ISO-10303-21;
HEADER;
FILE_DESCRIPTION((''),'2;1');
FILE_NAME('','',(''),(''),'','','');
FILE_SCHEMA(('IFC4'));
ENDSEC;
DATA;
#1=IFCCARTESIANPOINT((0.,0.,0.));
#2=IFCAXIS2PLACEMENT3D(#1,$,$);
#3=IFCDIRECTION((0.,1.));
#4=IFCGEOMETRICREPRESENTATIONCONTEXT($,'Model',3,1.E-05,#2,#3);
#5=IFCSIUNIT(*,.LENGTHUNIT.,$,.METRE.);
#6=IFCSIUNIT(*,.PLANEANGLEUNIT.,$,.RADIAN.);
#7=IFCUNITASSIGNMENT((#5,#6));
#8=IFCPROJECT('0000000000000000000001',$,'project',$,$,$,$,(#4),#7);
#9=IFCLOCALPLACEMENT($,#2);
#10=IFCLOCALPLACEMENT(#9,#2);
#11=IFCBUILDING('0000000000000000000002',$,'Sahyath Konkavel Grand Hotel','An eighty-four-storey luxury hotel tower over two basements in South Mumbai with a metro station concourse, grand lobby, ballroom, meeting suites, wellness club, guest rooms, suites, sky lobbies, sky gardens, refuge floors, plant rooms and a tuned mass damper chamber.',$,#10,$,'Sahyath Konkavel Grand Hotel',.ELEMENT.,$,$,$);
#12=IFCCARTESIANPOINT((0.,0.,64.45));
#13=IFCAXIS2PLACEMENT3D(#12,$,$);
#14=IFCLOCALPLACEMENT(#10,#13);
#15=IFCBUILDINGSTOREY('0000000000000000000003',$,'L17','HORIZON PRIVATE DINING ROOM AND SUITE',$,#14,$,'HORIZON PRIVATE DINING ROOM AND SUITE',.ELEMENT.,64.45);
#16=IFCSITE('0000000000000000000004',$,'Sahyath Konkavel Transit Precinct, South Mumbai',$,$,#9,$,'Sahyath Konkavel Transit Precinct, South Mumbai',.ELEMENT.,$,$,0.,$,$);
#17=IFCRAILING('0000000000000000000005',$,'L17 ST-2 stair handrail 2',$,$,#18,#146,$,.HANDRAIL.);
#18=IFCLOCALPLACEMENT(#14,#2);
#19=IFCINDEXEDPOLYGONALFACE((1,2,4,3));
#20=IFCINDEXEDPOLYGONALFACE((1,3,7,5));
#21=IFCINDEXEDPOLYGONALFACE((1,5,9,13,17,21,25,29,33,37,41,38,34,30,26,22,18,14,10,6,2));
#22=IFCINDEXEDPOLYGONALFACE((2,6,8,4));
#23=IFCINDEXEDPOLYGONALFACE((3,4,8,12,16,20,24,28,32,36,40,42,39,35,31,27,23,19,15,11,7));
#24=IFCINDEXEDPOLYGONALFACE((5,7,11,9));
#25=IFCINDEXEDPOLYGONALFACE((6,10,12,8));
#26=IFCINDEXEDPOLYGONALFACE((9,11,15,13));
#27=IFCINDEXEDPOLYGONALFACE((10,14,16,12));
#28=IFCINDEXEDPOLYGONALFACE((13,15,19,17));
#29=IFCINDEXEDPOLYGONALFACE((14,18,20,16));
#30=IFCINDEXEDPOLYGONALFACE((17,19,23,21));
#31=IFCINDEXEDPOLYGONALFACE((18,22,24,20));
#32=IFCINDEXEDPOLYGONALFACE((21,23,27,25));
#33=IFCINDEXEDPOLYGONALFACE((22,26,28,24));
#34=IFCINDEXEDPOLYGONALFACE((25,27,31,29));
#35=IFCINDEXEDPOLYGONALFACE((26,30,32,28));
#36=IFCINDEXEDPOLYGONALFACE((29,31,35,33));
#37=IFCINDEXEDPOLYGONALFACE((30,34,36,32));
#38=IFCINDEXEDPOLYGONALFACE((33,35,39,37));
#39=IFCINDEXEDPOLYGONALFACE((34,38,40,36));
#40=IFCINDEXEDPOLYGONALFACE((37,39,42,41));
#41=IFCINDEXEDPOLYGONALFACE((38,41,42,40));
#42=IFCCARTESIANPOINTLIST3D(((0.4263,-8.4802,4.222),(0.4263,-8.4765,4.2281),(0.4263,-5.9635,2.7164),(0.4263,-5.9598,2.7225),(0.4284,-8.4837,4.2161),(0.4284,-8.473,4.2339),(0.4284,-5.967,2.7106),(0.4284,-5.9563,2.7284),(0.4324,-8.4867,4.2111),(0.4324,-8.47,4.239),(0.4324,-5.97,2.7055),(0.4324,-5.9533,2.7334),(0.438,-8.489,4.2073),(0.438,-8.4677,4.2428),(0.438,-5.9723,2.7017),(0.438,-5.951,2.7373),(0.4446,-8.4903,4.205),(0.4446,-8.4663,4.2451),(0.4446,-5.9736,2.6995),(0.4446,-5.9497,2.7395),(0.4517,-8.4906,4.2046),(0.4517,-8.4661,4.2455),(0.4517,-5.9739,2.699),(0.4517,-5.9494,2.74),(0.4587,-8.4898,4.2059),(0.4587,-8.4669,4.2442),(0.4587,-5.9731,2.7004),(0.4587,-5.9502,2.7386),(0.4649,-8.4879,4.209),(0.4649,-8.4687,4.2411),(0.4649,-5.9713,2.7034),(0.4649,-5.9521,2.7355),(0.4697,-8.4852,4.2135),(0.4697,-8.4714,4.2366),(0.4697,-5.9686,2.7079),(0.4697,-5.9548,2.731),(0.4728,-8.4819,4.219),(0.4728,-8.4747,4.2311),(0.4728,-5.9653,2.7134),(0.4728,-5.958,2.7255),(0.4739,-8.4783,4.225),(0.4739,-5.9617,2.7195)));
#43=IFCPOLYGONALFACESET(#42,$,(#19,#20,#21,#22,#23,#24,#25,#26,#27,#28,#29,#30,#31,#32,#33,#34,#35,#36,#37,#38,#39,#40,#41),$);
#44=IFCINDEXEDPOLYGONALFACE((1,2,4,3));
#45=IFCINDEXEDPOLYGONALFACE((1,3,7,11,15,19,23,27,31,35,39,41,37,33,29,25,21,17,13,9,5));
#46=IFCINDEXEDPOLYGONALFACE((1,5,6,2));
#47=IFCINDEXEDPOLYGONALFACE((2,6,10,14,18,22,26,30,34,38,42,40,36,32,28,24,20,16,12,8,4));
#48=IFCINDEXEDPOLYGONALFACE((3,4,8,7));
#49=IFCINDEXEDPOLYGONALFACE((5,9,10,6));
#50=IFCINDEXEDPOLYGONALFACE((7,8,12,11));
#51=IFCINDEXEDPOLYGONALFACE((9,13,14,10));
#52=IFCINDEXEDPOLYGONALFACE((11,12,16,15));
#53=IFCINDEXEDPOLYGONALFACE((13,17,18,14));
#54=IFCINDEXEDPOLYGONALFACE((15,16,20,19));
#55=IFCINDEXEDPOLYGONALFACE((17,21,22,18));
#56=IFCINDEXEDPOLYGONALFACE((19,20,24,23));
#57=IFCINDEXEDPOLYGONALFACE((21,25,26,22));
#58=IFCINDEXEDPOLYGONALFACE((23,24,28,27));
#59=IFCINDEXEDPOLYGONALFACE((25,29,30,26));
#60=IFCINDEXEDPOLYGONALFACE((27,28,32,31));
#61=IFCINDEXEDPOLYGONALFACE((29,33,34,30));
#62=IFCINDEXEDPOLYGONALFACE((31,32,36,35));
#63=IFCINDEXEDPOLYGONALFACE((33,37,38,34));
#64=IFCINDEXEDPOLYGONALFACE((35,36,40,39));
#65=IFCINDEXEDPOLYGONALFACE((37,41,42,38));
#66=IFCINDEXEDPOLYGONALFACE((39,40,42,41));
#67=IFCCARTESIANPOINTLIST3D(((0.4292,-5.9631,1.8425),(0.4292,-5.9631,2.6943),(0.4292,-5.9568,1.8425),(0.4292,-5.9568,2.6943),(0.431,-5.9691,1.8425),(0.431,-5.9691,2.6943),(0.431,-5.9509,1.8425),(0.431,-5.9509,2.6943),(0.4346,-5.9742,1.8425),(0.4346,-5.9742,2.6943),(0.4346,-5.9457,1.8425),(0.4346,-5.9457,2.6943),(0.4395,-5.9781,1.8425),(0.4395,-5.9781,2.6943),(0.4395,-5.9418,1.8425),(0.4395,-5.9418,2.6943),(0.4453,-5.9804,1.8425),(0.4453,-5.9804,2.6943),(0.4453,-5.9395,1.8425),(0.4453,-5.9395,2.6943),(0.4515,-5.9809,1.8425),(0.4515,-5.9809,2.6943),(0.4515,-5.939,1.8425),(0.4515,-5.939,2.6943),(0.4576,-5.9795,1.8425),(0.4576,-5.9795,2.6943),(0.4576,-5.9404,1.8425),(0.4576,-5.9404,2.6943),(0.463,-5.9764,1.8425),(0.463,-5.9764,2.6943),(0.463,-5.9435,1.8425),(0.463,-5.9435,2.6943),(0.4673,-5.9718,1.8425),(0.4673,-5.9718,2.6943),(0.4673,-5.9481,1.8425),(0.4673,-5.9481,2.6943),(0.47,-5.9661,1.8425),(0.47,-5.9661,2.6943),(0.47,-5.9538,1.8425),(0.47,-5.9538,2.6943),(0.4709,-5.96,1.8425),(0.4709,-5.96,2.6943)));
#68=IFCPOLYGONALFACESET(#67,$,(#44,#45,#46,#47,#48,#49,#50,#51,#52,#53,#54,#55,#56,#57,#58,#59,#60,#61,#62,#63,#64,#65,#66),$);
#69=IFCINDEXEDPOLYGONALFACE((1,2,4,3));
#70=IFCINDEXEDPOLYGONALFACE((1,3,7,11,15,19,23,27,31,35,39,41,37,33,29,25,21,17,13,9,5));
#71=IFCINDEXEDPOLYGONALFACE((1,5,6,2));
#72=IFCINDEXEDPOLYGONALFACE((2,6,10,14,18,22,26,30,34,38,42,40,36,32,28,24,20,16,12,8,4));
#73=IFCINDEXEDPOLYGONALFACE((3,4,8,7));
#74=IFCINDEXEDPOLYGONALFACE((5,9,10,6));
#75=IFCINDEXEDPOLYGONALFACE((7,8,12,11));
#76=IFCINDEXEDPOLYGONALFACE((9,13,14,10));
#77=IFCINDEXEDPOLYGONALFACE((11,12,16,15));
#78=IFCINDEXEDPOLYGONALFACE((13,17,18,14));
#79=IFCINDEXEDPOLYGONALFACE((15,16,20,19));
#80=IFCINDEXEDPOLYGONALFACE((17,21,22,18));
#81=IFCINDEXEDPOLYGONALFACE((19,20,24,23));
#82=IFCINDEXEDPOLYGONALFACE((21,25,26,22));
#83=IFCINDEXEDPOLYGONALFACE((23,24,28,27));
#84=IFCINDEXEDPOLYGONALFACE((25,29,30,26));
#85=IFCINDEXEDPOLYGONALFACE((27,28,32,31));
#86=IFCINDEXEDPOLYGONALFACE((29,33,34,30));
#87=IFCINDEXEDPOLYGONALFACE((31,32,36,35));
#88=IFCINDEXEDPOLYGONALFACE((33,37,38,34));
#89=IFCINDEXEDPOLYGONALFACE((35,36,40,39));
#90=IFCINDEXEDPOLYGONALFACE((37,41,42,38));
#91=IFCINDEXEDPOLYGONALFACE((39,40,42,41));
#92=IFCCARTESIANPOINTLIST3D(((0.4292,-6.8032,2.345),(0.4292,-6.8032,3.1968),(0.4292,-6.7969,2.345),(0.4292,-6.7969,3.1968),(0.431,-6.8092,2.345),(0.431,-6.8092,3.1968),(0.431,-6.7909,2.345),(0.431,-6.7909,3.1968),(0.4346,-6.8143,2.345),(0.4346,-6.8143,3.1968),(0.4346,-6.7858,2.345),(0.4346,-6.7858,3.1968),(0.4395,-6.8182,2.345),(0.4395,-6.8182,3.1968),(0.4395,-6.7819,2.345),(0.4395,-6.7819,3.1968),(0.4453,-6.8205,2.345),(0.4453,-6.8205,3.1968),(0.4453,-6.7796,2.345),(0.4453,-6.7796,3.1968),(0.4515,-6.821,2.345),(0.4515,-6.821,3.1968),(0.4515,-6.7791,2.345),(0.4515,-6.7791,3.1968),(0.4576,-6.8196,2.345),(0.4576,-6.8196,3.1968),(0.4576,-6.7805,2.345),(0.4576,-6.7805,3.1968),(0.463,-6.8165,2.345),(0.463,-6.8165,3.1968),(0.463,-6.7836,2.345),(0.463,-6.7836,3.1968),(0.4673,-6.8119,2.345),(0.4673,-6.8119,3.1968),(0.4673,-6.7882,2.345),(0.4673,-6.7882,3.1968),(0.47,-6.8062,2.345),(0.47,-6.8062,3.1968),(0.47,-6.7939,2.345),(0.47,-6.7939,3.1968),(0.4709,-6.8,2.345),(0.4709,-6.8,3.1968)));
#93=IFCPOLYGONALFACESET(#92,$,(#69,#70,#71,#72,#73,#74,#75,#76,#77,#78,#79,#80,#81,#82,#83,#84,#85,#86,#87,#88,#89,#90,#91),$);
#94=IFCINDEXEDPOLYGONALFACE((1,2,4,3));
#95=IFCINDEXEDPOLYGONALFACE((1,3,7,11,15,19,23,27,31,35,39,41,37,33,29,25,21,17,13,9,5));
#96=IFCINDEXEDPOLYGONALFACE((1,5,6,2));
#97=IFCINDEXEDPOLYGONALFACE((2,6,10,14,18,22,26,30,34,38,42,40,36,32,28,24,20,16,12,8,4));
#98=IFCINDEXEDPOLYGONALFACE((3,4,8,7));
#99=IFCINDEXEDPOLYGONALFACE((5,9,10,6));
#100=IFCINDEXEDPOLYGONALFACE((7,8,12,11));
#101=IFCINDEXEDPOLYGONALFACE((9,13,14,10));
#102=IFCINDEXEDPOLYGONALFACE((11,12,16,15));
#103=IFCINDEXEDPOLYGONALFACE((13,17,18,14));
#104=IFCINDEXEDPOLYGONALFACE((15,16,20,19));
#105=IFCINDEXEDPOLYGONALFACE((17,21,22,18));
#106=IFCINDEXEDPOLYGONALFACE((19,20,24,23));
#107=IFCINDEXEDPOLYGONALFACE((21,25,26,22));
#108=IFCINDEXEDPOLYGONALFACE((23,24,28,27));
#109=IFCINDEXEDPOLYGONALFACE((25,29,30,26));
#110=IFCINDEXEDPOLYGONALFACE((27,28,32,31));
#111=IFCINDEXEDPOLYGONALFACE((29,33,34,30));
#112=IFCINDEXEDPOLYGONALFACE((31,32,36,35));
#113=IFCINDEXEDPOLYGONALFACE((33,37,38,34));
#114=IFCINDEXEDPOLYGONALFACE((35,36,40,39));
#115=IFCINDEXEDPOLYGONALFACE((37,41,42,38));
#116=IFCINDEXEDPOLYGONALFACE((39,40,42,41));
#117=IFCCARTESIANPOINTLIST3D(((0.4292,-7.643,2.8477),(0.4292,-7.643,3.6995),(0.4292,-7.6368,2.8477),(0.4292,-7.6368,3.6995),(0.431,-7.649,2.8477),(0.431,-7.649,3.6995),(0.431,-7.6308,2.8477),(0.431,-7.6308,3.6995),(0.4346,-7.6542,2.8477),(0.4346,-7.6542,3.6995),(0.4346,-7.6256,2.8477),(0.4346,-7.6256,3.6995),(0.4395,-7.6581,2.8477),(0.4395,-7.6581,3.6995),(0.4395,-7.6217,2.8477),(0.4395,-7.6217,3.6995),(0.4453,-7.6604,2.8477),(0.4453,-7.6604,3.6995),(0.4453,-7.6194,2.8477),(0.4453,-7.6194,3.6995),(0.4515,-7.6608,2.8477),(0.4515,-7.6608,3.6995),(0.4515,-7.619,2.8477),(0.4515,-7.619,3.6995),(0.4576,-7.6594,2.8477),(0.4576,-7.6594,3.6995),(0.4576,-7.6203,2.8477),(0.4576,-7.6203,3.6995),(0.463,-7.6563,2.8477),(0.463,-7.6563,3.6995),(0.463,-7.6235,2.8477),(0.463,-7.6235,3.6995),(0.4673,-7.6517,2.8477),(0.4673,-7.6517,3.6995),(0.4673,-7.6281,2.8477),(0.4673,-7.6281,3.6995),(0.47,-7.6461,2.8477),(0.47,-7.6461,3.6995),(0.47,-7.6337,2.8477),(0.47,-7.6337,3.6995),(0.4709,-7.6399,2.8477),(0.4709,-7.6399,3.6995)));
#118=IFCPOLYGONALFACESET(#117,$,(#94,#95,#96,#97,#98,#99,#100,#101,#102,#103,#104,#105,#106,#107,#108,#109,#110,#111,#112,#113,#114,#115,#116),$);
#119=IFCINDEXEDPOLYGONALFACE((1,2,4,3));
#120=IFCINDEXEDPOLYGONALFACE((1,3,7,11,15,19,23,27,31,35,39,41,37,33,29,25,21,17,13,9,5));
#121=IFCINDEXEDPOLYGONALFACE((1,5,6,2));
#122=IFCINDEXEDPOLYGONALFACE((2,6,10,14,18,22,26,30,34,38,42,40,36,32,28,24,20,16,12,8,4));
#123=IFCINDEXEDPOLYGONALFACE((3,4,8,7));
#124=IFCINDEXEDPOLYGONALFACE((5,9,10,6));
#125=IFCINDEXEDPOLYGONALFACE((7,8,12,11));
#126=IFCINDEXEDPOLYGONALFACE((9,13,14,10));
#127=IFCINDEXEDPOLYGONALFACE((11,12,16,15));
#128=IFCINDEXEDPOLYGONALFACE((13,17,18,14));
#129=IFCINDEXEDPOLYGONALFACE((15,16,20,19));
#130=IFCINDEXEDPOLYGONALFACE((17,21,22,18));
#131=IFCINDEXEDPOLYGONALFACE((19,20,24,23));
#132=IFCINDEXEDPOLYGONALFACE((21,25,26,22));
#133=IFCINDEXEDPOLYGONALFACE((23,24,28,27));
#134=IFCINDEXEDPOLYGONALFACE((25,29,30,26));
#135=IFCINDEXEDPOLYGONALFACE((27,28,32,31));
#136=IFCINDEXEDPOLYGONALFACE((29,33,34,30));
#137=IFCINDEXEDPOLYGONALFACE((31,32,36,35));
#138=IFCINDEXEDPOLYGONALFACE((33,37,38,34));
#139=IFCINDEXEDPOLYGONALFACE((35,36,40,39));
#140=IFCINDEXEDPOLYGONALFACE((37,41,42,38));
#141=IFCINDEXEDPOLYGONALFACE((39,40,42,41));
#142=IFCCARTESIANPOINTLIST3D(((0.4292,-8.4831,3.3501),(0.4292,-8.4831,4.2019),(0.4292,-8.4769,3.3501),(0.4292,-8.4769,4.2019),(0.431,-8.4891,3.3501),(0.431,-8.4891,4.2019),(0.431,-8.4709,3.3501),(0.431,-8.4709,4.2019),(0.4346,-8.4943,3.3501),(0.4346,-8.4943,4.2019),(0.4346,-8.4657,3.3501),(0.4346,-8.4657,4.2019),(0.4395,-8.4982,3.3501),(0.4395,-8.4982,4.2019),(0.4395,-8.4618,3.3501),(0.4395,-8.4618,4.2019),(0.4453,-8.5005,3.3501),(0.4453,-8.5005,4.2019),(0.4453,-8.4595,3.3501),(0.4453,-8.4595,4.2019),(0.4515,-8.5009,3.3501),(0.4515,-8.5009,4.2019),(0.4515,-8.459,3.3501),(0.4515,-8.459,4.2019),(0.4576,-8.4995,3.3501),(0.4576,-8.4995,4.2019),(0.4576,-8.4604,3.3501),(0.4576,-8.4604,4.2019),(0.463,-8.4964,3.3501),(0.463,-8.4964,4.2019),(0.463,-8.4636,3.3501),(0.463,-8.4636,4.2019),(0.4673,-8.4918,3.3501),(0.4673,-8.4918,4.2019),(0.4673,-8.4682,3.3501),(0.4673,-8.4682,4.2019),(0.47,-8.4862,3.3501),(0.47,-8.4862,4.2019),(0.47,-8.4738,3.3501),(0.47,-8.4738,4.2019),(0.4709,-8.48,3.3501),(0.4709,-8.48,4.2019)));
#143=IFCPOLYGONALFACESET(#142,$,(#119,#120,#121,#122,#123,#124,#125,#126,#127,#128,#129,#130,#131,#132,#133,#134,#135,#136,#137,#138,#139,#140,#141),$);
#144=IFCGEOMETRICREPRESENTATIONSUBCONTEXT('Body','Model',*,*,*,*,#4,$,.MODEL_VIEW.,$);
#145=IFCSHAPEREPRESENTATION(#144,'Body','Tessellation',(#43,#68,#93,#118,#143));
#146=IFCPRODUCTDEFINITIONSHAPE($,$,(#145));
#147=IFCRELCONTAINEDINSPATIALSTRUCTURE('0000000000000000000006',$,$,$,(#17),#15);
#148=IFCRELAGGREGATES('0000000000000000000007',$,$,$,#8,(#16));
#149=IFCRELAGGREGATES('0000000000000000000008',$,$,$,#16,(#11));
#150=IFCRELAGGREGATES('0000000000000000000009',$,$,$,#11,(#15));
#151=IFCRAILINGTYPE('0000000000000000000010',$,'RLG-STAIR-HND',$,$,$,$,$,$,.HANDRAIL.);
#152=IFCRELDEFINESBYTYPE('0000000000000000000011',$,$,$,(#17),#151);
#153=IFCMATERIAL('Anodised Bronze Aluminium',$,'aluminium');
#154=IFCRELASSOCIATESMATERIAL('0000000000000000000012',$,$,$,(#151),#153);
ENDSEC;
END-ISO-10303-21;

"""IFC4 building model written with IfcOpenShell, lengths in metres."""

from ifc_helpers import new_model, si_unit, direction, frame, origin, origin_2d, place, context, subcontext, project, spatial, circle, extrude, material, type_object, element, save


model = new_model("IFC4")

# Units and contexts
model_context = context("Model", 3, precision=1e-05, world=origin(), true_north=direction((0.0, 1.0)))
body_context = subcontext(model_context, "Body", "Model", "MODEL_VIEW")
ifc_project = project(units=[si_unit("LENGTHUNIT", "METRE"), si_unit("PLANEANGLEUNIT", "RADIAN")], contexts=[model_context])

# Site, building, storey
site_placement = place(None, origin())
site = spatial("IfcSite", under=ifc_project, at=site_placement, Name="Sahyath Konkavel Transit Precinct, South Mumbai", LongName="Sahyath Konkavel Transit Precinct, South Mumbai", CompositionType="ELEMENT", RefElevation=0.0)
building_placement = place(site_placement, origin())
building = spatial("IfcBuilding", under=site, at=building_placement, Name="Sahyath Konkavel Grand Hotel", Description="An eighty-four-storey luxury hotel tower over two basements in South Mumbai with a metro station concourse, grand lobby, ballroom, meeting suites, wellness club, guest rooms, suites, sky lobbies, sky gardens, refuge floors, plant rooms and a tuned mass damper chamber.", LongName="Sahyath Konkavel Grand Hotel", CompositionType="ELEMENT")
storey_placement = place(building_placement, frame((0.0, 0.0, 64.45)))
storey = spatial("IfcBuildingStorey", under=building, at=storey_placement, Name="L17", Description="HORIZON PRIVATE DINING ROOM AND SUITE", LongName="HORIZON PRIVATE DINING ROOM AND SUITE", CompositionType="ELEMENT", Elevation=64.45)

# Railing
ifc_material_1 = material(Name="Anodised Bronze Aluminium", Category="aluminium")
railing_type_1 = type_object("IfcRailingType", Name="RLG-STAIR-HND", PredefinedType="HANDRAIL", material=ifc_material_1)
railing_1_placement = place(storey_placement, frame((0.45, -5.96, 1.8425)))
element("IfcRailing", 1, at=railing_1_placement, inside=storey, type_object=railing_type_1, Name="L17 ST-2 stair handrail 2", PredefinedType="HANDRAIL", context=body_context, shape_type="SweptSolid", body=[
    extrude(circle(Radius=0.0239, at=origin_2d()), frame((0.0, -0.0017, 0.877), z_axis=(0.0, -0.85816, 0.513383), x_axis=(1.0, 0.0, 0.0)), (0.0, 0.0, 1.0), 2.9326),
    extrude(circle(Radius=0.021, at=origin_2d()), origin(), (0.0, 0.0, 1.0), 0.8518),
    extrude(circle(Radius=0.021, at=origin_2d()), frame((0.0, -0.8401, 0.5024)), (0.0, 0.0, 1.0), 0.8518),
    extrude(circle(Radius=0.021, at=origin_2d()), frame((0.0, -1.6799, 1.0051)), (0.0, 0.0, 1.0), 0.8518),
    extrude(circle(Radius=0.021, at=origin_2d()), frame((0.0, -2.52, 1.5076)), (0.0, 0.0, 1.0), 0.8518),
])

save(model, "model.ifc")
